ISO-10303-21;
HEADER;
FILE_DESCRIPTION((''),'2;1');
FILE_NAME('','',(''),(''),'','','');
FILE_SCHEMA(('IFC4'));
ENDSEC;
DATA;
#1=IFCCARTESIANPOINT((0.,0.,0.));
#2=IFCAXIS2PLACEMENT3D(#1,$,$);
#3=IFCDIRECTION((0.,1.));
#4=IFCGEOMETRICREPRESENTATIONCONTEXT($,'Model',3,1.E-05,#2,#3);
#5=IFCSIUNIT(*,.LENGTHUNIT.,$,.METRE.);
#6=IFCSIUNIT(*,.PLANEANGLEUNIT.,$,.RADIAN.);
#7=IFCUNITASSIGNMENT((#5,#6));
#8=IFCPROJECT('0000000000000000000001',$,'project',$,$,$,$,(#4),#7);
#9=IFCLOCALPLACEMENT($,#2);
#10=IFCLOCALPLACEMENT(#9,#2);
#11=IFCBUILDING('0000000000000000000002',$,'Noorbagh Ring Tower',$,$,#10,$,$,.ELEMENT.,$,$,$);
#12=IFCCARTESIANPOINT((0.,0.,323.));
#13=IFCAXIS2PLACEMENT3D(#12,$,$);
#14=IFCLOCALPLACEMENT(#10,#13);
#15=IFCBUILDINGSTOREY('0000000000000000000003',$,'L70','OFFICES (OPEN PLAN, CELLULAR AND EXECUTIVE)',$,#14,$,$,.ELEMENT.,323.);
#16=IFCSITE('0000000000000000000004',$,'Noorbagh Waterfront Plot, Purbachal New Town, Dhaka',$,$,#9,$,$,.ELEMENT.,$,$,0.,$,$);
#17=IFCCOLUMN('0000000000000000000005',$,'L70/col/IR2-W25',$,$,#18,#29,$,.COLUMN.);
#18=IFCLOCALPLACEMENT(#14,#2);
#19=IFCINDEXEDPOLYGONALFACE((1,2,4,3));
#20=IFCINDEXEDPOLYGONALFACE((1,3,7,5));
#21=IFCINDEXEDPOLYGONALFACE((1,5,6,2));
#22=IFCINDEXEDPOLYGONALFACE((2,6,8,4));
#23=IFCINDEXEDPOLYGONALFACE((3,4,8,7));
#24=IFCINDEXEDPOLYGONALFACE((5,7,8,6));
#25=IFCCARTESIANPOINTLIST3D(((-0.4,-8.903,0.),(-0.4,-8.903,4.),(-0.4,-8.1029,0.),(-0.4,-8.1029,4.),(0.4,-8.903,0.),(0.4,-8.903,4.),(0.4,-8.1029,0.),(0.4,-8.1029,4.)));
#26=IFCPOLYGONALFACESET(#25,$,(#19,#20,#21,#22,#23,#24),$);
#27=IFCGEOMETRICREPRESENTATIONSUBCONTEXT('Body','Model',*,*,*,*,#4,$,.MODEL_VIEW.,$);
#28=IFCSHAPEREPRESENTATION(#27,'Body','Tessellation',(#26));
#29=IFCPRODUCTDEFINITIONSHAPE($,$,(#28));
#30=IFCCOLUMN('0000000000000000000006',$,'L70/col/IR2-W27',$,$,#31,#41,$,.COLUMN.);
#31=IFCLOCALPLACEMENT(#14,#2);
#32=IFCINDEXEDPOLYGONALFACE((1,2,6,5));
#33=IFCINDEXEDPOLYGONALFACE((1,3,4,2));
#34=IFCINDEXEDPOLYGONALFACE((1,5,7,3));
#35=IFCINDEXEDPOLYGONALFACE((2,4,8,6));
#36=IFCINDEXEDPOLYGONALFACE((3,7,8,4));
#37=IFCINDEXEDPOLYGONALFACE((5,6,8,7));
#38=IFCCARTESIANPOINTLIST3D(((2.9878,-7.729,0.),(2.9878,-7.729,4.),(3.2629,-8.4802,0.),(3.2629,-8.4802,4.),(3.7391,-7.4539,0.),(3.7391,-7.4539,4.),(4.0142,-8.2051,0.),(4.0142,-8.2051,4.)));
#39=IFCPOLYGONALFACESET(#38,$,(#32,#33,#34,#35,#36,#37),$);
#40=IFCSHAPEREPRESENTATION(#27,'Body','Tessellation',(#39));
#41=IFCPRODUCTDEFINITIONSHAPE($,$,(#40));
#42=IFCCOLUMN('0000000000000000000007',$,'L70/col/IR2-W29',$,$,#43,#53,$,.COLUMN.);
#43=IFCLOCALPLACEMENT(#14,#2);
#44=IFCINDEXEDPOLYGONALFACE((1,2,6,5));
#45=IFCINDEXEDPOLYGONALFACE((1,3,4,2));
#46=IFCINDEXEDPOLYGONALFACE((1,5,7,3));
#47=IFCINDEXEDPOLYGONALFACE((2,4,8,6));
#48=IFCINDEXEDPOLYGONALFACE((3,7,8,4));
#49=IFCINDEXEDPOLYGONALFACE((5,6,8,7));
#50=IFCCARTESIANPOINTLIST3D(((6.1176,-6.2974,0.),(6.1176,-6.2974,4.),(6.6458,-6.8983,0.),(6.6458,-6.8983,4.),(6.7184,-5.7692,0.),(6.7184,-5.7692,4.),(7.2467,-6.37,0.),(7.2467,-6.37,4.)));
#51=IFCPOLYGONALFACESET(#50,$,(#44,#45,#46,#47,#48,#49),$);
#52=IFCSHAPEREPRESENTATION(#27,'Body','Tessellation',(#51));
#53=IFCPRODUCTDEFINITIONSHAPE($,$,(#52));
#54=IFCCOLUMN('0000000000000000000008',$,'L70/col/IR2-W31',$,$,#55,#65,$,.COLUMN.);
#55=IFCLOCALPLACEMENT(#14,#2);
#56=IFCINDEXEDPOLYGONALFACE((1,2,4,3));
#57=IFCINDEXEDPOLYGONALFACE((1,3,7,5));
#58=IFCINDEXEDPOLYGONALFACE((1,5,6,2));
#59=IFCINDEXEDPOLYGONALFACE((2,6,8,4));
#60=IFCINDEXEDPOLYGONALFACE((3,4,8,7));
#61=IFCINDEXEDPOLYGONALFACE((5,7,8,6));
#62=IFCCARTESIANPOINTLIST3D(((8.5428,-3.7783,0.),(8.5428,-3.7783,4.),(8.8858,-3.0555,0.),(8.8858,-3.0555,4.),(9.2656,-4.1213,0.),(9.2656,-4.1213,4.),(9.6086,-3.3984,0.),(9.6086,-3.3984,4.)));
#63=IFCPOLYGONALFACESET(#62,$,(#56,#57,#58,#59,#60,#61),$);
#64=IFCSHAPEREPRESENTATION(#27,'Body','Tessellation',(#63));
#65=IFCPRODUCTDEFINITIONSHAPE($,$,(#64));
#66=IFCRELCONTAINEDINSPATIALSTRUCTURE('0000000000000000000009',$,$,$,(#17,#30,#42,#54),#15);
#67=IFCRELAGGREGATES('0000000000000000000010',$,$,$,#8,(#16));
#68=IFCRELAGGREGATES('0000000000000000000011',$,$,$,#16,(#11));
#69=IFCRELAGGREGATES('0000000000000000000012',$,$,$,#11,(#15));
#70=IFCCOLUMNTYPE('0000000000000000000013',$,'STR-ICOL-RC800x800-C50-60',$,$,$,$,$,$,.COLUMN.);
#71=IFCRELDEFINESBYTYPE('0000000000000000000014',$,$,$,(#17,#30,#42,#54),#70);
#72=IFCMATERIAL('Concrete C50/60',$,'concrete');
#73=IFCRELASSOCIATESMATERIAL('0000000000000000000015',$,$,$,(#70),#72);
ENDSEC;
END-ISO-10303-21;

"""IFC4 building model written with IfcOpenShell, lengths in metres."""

from ifc_helpers import new_model, si_unit, direction, frame, origin, origin_2d, place, context, subcontext, project, spatial, rectangle, extrude, material, material_profile, profile_set, type_object, element, save


model = new_model("IFC4")

# Units and contexts
model_context = context("Model", 3, precision=1e-05, world=origin(), true_north=direction((0.0, 1.0)))
body_context = subcontext(model_context, "Body", "Model", "MODEL_VIEW")
ifc_project = project(units=[si_unit("LENGTHUNIT", "METRE"), si_unit("PLANEANGLEUNIT", "RADIAN")], contexts=[model_context])

# Site, building, storey
site_placement = place(None, origin())
site = spatial("IfcSite", under=ifc_project, at=site_placement, Name="Noorbagh Waterfront Plot, Purbachal New Town, Dhaka", CompositionType="ELEMENT", RefElevation=0.0)
building_placement = place(site_placement, origin())
building = spatial("IfcBuilding", under=site, at=building_placement, Name="Noorbagh Ring Tower", CompositionType="ELEMENT")
storey_placement = place(building_placement, frame((0.0, 0.0, 323.0)))
storey = spatial("IfcBuildingStorey", under=building, at=storey_placement, Name="L70", Description="OFFICES (OPEN PLAN, CELLULAR AND EXECUTIVE)", CompositionType="ELEMENT", Elevation=323.0)

# Columns
ifc_material_1 = material(Name="Concrete C50/60", Category="concrete")
ifc_material_profile_1 = material_profile(ifc_material_1, rectangle(XDim=0.8, YDim=0.8, at=origin_2d()), Name="RC800x800")
ifc_profile_set_1 = profile_set([ifc_material_profile_1], Name="Concrete C50/60")
column_type = type_object("IfcColumnType", Name="STR-ICOL-RC800x800-C50-60", PredefinedType="COLUMN", material=ifc_profile_set_1)
for number, where, z_axis, x_axis, name in (
    (1, (0.0, -8.5029, 0.0), (0.0, 0.0, 1.0), (1.0, 0.0, 0.0), "L70/col/IR2-W25"),
    (2, (3.501, -7.967, 0.0), (0.0, 0.0, 1.0), (0.93902, 0.343864, 0.0), "L70/col/IR2-W27"),
    (3, (6.6821, -6.3337, 0.0), (0.0, 0.0, 1.0), (0.751022, 0.660277, 0.0), "L70/col/IR2-W29"),
    (4, (9.0757, -3.5884, 0.0), (0.0, 0.0, 1.0), (0.428667, 0.903463, 0.0), "L70/col/IR2-W31"),
):
    element("IfcColumn", number, at=place(storey_placement, frame(where, z_axis=z_axis, x_axis=x_axis)), inside=storey, type_object=column_type, Name=name, PredefinedType="COLUMN", context=body_context, shape_type="SweptSolid", body=[
        extrude(rectangle(XDim=0.8, YDim=0.8, at=origin_2d()), origin(), (0.0, 0.0, 1.0), 4.0),
    ])

save(model, "model.ifc")
